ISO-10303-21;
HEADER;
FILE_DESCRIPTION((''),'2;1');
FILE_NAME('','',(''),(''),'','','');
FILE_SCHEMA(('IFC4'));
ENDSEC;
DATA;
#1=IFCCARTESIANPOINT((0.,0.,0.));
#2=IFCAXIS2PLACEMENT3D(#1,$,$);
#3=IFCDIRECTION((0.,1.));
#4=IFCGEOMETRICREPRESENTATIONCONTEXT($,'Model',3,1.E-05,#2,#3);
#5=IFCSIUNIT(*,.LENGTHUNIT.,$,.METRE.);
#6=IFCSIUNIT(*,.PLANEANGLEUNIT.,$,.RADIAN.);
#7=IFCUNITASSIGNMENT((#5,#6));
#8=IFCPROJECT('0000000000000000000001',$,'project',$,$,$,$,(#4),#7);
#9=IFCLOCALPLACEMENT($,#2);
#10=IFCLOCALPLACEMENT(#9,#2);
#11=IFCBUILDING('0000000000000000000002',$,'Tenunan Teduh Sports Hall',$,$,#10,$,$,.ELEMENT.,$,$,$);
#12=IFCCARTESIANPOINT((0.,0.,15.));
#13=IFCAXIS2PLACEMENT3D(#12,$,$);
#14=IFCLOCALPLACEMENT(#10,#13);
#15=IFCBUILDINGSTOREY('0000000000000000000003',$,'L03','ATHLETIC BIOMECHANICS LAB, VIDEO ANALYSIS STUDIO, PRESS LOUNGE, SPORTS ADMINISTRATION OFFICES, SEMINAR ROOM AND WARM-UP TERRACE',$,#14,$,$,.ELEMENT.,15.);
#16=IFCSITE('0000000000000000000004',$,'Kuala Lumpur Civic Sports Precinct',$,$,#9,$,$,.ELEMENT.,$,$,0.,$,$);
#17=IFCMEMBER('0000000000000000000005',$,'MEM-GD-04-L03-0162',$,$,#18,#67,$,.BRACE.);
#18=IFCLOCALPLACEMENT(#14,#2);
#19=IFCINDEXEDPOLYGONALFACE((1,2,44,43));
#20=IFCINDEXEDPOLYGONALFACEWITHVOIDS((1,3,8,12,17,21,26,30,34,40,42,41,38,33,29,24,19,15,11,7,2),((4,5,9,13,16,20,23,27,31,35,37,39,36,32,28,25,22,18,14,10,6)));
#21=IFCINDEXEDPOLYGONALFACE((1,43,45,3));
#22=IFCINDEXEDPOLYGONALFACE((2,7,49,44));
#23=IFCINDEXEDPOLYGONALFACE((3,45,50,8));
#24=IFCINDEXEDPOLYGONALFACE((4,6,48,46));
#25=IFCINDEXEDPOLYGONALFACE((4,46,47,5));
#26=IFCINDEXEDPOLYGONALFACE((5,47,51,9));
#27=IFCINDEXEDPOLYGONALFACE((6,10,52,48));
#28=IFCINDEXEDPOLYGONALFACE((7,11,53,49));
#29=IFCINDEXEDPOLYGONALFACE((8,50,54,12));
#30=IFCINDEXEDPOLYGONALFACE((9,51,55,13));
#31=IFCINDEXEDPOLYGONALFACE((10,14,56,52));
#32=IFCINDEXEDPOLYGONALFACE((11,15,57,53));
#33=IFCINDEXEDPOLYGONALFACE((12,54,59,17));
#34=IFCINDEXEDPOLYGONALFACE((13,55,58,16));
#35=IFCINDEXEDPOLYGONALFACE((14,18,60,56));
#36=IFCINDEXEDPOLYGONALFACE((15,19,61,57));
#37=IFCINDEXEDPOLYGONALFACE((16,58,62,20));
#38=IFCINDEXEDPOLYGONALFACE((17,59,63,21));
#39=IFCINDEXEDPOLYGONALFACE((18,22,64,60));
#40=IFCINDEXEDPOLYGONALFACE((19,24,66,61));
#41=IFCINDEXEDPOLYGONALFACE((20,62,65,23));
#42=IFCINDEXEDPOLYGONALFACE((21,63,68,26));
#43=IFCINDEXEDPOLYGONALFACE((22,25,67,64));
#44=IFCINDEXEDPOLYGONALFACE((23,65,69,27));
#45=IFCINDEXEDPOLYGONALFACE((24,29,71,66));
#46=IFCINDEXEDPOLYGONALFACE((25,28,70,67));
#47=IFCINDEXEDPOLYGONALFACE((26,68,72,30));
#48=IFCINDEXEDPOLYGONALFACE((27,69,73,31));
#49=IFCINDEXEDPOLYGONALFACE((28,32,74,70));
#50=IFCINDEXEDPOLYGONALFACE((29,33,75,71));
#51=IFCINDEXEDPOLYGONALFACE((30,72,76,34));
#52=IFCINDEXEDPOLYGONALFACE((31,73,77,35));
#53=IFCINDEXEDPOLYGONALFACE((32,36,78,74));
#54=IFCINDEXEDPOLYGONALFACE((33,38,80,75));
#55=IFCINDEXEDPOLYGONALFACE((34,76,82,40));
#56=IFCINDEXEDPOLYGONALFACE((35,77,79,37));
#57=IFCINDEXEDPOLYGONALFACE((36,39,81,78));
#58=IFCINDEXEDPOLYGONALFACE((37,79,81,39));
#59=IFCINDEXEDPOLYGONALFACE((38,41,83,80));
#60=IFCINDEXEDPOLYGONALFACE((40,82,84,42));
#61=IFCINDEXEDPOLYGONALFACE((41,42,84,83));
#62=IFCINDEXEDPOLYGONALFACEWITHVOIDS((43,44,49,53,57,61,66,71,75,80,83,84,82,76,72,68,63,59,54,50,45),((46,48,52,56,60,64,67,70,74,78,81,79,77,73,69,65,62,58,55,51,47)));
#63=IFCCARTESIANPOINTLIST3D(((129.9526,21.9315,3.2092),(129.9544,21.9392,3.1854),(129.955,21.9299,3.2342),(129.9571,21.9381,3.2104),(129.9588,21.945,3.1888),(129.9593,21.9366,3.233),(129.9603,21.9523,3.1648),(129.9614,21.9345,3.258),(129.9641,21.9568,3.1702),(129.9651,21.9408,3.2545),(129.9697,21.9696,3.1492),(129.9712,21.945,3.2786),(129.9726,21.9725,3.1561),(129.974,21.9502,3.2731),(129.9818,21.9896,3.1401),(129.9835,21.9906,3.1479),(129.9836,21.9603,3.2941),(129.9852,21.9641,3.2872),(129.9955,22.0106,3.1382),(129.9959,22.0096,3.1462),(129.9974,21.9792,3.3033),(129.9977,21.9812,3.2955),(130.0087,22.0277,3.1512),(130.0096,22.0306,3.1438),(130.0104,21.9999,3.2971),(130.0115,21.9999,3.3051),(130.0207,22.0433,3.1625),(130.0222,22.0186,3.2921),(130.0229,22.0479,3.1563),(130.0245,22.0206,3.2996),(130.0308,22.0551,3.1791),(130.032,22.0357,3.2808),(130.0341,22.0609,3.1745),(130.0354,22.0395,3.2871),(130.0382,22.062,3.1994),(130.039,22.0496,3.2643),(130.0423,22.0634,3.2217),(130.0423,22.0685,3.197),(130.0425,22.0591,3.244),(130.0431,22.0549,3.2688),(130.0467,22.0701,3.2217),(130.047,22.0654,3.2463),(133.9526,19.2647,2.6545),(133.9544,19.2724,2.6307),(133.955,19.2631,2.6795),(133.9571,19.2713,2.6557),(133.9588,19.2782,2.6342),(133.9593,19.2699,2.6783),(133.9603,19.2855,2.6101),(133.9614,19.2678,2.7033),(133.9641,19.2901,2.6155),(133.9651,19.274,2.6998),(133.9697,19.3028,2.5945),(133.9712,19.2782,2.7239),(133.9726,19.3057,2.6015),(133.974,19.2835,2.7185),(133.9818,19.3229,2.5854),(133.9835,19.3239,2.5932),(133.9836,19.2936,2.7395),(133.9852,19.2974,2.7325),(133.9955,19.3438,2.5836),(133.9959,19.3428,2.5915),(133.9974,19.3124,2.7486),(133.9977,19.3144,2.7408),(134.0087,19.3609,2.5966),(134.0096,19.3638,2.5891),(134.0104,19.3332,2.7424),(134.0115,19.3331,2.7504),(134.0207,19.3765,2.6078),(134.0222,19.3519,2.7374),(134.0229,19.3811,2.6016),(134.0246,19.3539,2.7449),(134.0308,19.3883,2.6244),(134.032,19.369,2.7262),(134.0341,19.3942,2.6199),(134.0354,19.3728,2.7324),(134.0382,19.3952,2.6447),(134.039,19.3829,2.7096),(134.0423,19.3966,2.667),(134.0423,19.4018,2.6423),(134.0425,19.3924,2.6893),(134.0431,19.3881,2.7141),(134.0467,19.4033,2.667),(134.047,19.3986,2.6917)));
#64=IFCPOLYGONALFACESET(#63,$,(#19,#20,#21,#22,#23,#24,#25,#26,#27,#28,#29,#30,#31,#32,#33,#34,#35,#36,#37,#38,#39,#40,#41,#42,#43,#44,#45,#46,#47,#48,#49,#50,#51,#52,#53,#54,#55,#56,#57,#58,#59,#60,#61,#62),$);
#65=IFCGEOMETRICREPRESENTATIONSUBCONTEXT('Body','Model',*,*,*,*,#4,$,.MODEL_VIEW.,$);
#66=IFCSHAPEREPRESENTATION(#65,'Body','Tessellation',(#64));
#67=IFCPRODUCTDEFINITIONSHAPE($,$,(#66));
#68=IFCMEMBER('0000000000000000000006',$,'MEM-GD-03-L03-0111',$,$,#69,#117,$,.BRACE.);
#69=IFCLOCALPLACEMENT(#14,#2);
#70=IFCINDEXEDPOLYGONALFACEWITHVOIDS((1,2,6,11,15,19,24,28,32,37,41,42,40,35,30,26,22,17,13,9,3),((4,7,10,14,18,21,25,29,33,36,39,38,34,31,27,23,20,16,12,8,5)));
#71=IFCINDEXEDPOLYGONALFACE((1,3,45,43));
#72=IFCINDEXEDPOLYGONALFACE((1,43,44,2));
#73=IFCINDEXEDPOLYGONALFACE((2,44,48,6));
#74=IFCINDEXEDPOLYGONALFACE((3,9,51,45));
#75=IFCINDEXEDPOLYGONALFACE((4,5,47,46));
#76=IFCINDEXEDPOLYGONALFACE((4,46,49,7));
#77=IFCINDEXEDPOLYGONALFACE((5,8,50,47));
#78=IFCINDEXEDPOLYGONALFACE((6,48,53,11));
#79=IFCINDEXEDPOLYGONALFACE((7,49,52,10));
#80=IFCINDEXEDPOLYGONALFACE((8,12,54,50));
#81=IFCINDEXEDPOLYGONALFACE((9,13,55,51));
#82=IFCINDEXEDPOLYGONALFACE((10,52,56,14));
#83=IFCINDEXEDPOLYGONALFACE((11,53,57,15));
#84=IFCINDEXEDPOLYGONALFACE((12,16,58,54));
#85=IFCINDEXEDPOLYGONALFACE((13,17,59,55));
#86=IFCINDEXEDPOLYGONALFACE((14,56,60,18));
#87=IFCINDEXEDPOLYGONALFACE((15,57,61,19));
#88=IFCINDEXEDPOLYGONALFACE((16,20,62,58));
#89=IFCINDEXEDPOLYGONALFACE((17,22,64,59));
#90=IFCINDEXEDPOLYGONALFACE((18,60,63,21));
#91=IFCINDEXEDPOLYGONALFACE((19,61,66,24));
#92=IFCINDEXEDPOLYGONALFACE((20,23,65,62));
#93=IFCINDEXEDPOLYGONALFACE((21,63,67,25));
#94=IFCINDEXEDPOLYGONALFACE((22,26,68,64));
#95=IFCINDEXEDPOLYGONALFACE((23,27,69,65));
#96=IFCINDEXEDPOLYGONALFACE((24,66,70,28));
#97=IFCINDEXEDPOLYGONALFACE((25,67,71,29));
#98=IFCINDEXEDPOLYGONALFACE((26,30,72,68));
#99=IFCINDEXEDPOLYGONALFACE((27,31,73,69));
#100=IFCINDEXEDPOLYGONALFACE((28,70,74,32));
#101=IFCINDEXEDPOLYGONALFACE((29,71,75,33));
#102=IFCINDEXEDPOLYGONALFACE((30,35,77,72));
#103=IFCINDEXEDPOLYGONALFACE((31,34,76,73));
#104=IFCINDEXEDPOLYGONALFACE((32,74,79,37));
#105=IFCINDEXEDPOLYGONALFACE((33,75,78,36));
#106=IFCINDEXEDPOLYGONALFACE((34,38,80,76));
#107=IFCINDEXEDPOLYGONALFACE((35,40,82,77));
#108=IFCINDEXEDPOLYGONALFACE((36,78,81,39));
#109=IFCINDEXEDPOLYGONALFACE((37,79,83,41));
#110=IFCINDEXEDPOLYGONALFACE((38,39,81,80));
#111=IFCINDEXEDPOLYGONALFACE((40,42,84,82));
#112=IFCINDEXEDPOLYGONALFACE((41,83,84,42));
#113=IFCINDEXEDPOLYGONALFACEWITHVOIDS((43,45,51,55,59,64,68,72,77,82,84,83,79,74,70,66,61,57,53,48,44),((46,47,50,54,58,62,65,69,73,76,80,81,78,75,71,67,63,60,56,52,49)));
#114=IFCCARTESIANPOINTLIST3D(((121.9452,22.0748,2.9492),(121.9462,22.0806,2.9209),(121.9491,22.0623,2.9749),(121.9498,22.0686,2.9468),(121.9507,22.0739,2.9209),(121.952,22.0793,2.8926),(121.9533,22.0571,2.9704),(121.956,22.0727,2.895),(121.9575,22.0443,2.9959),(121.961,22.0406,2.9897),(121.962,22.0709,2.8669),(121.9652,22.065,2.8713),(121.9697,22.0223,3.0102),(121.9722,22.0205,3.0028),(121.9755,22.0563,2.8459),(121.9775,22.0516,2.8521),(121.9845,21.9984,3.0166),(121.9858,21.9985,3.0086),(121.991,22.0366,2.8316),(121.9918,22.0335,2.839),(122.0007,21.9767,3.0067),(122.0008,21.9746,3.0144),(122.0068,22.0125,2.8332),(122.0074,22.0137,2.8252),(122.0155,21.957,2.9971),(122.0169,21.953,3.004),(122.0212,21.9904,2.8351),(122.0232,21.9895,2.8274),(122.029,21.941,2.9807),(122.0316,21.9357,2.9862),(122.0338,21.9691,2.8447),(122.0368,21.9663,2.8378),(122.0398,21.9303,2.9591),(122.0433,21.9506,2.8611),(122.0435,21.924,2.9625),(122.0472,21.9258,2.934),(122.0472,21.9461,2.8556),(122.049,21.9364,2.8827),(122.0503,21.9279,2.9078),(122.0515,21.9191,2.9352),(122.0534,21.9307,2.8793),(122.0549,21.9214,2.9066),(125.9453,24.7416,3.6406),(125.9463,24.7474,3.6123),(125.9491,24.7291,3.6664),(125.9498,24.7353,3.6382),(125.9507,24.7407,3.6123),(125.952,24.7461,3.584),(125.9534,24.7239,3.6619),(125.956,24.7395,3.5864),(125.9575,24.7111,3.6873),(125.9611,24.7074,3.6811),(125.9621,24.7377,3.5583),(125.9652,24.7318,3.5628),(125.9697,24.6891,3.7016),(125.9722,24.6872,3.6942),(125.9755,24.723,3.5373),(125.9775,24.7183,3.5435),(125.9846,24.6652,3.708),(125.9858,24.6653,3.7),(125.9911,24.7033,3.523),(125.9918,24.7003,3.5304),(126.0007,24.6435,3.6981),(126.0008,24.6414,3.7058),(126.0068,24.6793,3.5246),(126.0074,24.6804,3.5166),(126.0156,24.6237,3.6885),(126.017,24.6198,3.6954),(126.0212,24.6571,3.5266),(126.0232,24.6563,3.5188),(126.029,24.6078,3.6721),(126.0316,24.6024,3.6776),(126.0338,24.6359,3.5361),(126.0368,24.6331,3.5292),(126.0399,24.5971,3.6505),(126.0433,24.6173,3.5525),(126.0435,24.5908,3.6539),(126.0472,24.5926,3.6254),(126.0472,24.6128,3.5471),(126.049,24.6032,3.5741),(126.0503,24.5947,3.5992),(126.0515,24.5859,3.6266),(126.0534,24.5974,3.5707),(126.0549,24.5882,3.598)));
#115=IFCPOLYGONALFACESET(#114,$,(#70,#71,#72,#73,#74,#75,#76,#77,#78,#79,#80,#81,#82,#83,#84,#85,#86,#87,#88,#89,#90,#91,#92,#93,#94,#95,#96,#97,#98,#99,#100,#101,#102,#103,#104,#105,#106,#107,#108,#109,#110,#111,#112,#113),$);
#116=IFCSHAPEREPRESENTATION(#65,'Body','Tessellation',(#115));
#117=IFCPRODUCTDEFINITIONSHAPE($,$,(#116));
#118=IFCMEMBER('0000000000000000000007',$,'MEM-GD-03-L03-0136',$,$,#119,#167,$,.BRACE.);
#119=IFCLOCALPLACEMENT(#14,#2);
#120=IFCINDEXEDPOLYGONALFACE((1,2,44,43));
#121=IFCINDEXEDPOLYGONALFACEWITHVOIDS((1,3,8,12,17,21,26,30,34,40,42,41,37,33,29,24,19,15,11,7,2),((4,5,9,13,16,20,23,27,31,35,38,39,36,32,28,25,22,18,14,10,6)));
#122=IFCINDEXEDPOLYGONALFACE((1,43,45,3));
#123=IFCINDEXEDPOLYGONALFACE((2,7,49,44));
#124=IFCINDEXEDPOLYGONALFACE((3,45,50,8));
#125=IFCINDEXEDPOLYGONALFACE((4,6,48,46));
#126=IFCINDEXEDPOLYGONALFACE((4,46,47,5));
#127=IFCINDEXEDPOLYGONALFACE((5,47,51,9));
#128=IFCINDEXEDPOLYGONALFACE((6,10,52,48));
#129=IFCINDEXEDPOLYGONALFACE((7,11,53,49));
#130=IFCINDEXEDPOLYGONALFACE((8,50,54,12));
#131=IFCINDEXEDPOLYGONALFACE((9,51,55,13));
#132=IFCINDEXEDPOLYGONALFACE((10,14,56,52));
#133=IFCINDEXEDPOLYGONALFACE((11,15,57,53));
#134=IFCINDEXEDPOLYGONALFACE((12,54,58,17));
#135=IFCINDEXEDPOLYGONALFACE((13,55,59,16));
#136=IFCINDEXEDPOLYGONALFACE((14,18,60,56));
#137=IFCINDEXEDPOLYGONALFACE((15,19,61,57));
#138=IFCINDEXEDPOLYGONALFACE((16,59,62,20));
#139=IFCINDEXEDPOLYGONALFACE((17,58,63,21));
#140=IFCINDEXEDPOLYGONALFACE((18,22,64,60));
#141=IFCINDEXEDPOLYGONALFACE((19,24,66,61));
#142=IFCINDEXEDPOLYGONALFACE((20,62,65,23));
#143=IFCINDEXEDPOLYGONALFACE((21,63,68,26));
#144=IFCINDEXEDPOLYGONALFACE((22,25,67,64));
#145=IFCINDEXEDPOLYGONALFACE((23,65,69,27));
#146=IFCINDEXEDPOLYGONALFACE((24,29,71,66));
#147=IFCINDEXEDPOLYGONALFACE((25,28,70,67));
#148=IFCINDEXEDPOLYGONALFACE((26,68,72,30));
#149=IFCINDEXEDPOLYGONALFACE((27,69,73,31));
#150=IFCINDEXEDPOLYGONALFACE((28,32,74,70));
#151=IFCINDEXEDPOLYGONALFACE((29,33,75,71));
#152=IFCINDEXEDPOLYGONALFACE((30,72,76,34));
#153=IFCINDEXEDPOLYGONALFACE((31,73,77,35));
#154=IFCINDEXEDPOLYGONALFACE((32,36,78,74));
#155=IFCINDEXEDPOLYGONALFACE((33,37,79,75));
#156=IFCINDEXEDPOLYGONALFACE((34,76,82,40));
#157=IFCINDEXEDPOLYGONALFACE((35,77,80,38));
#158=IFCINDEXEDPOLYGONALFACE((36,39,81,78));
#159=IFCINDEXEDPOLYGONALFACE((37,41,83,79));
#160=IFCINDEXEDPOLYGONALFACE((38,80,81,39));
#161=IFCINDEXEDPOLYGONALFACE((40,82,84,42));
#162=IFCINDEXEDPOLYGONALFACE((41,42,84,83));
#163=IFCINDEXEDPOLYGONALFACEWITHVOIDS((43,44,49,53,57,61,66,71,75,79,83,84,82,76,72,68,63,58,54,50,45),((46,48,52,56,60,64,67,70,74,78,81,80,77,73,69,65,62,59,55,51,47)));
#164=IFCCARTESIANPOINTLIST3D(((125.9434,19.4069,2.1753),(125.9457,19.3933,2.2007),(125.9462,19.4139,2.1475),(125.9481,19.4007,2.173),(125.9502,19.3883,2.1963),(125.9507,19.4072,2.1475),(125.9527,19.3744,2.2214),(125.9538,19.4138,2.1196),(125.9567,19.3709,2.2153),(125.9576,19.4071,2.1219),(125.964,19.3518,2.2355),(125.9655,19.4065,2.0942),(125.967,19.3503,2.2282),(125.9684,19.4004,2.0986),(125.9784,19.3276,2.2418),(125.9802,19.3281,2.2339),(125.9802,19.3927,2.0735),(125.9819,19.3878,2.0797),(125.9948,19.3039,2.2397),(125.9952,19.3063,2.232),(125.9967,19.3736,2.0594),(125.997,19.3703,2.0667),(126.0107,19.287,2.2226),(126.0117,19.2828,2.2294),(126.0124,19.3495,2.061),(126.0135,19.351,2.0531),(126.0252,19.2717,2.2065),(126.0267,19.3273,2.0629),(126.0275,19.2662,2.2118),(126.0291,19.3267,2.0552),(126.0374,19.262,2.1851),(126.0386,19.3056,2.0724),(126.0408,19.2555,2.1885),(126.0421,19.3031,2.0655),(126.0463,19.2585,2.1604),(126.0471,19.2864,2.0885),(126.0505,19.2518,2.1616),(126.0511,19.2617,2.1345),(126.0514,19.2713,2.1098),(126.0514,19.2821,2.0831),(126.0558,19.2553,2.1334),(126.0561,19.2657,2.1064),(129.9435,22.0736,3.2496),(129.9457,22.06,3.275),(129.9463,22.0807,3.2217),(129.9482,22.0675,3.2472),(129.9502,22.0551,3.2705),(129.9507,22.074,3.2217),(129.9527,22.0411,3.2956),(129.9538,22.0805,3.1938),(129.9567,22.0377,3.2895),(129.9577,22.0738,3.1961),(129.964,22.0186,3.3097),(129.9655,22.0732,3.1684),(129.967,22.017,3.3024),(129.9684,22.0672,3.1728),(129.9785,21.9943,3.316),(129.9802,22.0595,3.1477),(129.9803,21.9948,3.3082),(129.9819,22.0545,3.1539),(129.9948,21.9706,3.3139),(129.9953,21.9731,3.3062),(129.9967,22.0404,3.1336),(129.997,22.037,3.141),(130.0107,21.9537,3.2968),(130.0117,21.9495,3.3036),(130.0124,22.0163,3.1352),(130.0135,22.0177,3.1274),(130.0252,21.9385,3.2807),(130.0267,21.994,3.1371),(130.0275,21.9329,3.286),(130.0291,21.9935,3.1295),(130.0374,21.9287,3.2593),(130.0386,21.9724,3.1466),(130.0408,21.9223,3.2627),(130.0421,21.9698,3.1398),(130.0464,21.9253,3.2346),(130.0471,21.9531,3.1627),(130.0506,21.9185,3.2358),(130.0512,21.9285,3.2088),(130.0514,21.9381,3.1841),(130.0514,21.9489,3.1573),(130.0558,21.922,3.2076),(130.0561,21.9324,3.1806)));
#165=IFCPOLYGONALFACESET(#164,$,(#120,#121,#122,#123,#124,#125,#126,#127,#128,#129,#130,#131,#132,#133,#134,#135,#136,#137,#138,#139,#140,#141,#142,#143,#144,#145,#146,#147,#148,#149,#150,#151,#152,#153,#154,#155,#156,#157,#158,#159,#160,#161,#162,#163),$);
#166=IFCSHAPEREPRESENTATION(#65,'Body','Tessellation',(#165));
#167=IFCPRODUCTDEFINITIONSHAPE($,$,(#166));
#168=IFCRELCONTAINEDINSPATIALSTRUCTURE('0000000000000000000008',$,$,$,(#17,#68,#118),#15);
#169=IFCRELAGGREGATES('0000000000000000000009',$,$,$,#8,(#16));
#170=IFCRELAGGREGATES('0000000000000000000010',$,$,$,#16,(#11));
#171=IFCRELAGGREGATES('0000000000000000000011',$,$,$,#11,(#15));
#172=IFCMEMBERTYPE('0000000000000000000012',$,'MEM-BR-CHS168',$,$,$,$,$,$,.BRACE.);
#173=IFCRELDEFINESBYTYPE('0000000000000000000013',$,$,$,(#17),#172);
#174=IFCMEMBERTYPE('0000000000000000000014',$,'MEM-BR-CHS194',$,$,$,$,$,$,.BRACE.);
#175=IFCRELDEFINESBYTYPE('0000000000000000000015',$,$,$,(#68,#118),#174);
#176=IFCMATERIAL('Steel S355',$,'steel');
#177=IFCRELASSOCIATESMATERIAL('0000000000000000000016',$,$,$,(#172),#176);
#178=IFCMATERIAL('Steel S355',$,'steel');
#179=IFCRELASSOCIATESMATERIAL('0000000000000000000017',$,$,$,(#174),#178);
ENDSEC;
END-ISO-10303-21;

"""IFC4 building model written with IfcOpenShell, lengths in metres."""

from ifc_helpers import new_model, si_unit, direction, frame, origin, origin_2d, place, context, subcontext, project, spatial, hollow_circle, extrude, material, material_profile, profile_set, type_object, element, save


model = new_model("IFC4")

# Units and contexts
model_context = context("Model", 3, precision=1e-05, world=origin(), true_north=direction((0.0, 1.0)))
body_context = subcontext(model_context, "Body", "Model", "MODEL_VIEW")
ifc_project = project(units=[si_unit("LENGTHUNIT", "METRE"), si_unit("PLANEANGLEUNIT", "RADIAN")], contexts=[model_context])

# Site, building, storey
site_placement = place(None, origin())
site = spatial("IfcSite", under=ifc_project, at=site_placement, Name="Kuala Lumpur Civic Sports Precinct", CompositionType="ELEMENT", RefElevation=0.0)
building_placement = place(site_placement, origin())
building = spatial("IfcBuilding", under=site, at=building_placement, Name="Tenunan Teduh Sports Hall", CompositionType="ELEMENT")
storey_placement = place(building_placement, frame((0.0, 0.0, 15.0)))
storey = spatial("IfcBuildingStorey", under=building, at=storey_placement, Name="L03", Description="ATHLETIC BIOMECHANICS LAB, VIDEO ANALYSIS STUDIO, PRESS LOUNGE, SPORTS ADMINISTRATION OFFICES, SEMINAR ROOM AND WARM-UP TERRACE", CompositionType="ELEMENT", Elevation=15.0)

# Members
ifc_material_1 = material(Name="Steel S355", Category="steel")
ifc_material_profile_1 = material_profile(ifc_material_1, hollow_circle(Radius=0.0842, WallThickness=0.0081, at=origin_2d()), Name="CHS 168.3x8.0")
ifc_profile_set_1 = profile_set([ifc_material_profile_1], Name="Steel S355")
member_type_1 = type_object("IfcMemberType", Name="MEM-BR-CHS168", PredefinedType="BRACE", material=ifc_profile_set_1)
member_1_placement = place(storey_placement, frame((130.0, 22.0, 3.2217), z_axis=(0.826559, -0.551056, -0.11462), x_axis=(0.554712, 0.832042, 0.0)))
element("IfcMember", 1, at=member_1_placement, inside=storey, type_object=member_type_1, Name="MEM-GD-04-L03-0162", PredefinedType="BRACE", context=body_context, shape_type="SweptSolid", body=[
    extrude(hollow_circle(Radius=0.0842, WallThickness=0.0081, at=origin_2d()), origin(), (0.0, 0.0, 1.0), 4.8394),
])
ifc_material_2 = material(Name="Steel S355", Category="steel")
ifc_material_profile_2 = material_profile(ifc_material_2, hollow_circle(Radius=0.0969, WallThickness=0.0081, at=origin_2d()), Name="CHS 193.7x8.0")
ifc_profile_set_2 = profile_set([ifc_material_profile_2], Name="Steel S355")
member_type_2 = type_object("IfcMemberType", Name="MEM-BR-CHS194", PredefinedType="BRACE", material=ifc_profile_set_2)
member_2_placement = place(storey_placement, frame((122.0, 22.0, 2.9209), z_axis=(0.823569, 0.549063, 0.142355), x_axis=(-0.554712, 0.832042, 0.0)))
element("IfcMember", 2, at=member_2_placement, inside=storey, type_object=member_type_2, Name="MEM-GD-03-L03-0111", PredefinedType="BRACE", context=body_context, shape_type="SweptSolid", body=[
    extrude(hollow_circle(Radius=0.0969, WallThickness=0.0081, at=origin_2d()), origin(), (0.0, 0.0, 1.0), 4.8569),
])
member_3_placement = place(storey_placement, frame((126.0, 19.3333, 2.1475), z_axis=(0.812018, 0.541362, 0.218071), x_axis=(-0.554712, 0.832042, 0.0)))
element("IfcMember", 3, at=member_3_placement, inside=storey, type_object=member_type_2, Name="MEM-GD-03-L03-0136", PredefinedType="BRACE", context=body_context, shape_type="SweptSolid", body=[
    extrude(hollow_circle(Radius=0.0969, WallThickness=0.0081, at=origin_2d()), origin(), (0.0, 0.0, 1.0), 4.926),
])

save(model, "model.ifc")
